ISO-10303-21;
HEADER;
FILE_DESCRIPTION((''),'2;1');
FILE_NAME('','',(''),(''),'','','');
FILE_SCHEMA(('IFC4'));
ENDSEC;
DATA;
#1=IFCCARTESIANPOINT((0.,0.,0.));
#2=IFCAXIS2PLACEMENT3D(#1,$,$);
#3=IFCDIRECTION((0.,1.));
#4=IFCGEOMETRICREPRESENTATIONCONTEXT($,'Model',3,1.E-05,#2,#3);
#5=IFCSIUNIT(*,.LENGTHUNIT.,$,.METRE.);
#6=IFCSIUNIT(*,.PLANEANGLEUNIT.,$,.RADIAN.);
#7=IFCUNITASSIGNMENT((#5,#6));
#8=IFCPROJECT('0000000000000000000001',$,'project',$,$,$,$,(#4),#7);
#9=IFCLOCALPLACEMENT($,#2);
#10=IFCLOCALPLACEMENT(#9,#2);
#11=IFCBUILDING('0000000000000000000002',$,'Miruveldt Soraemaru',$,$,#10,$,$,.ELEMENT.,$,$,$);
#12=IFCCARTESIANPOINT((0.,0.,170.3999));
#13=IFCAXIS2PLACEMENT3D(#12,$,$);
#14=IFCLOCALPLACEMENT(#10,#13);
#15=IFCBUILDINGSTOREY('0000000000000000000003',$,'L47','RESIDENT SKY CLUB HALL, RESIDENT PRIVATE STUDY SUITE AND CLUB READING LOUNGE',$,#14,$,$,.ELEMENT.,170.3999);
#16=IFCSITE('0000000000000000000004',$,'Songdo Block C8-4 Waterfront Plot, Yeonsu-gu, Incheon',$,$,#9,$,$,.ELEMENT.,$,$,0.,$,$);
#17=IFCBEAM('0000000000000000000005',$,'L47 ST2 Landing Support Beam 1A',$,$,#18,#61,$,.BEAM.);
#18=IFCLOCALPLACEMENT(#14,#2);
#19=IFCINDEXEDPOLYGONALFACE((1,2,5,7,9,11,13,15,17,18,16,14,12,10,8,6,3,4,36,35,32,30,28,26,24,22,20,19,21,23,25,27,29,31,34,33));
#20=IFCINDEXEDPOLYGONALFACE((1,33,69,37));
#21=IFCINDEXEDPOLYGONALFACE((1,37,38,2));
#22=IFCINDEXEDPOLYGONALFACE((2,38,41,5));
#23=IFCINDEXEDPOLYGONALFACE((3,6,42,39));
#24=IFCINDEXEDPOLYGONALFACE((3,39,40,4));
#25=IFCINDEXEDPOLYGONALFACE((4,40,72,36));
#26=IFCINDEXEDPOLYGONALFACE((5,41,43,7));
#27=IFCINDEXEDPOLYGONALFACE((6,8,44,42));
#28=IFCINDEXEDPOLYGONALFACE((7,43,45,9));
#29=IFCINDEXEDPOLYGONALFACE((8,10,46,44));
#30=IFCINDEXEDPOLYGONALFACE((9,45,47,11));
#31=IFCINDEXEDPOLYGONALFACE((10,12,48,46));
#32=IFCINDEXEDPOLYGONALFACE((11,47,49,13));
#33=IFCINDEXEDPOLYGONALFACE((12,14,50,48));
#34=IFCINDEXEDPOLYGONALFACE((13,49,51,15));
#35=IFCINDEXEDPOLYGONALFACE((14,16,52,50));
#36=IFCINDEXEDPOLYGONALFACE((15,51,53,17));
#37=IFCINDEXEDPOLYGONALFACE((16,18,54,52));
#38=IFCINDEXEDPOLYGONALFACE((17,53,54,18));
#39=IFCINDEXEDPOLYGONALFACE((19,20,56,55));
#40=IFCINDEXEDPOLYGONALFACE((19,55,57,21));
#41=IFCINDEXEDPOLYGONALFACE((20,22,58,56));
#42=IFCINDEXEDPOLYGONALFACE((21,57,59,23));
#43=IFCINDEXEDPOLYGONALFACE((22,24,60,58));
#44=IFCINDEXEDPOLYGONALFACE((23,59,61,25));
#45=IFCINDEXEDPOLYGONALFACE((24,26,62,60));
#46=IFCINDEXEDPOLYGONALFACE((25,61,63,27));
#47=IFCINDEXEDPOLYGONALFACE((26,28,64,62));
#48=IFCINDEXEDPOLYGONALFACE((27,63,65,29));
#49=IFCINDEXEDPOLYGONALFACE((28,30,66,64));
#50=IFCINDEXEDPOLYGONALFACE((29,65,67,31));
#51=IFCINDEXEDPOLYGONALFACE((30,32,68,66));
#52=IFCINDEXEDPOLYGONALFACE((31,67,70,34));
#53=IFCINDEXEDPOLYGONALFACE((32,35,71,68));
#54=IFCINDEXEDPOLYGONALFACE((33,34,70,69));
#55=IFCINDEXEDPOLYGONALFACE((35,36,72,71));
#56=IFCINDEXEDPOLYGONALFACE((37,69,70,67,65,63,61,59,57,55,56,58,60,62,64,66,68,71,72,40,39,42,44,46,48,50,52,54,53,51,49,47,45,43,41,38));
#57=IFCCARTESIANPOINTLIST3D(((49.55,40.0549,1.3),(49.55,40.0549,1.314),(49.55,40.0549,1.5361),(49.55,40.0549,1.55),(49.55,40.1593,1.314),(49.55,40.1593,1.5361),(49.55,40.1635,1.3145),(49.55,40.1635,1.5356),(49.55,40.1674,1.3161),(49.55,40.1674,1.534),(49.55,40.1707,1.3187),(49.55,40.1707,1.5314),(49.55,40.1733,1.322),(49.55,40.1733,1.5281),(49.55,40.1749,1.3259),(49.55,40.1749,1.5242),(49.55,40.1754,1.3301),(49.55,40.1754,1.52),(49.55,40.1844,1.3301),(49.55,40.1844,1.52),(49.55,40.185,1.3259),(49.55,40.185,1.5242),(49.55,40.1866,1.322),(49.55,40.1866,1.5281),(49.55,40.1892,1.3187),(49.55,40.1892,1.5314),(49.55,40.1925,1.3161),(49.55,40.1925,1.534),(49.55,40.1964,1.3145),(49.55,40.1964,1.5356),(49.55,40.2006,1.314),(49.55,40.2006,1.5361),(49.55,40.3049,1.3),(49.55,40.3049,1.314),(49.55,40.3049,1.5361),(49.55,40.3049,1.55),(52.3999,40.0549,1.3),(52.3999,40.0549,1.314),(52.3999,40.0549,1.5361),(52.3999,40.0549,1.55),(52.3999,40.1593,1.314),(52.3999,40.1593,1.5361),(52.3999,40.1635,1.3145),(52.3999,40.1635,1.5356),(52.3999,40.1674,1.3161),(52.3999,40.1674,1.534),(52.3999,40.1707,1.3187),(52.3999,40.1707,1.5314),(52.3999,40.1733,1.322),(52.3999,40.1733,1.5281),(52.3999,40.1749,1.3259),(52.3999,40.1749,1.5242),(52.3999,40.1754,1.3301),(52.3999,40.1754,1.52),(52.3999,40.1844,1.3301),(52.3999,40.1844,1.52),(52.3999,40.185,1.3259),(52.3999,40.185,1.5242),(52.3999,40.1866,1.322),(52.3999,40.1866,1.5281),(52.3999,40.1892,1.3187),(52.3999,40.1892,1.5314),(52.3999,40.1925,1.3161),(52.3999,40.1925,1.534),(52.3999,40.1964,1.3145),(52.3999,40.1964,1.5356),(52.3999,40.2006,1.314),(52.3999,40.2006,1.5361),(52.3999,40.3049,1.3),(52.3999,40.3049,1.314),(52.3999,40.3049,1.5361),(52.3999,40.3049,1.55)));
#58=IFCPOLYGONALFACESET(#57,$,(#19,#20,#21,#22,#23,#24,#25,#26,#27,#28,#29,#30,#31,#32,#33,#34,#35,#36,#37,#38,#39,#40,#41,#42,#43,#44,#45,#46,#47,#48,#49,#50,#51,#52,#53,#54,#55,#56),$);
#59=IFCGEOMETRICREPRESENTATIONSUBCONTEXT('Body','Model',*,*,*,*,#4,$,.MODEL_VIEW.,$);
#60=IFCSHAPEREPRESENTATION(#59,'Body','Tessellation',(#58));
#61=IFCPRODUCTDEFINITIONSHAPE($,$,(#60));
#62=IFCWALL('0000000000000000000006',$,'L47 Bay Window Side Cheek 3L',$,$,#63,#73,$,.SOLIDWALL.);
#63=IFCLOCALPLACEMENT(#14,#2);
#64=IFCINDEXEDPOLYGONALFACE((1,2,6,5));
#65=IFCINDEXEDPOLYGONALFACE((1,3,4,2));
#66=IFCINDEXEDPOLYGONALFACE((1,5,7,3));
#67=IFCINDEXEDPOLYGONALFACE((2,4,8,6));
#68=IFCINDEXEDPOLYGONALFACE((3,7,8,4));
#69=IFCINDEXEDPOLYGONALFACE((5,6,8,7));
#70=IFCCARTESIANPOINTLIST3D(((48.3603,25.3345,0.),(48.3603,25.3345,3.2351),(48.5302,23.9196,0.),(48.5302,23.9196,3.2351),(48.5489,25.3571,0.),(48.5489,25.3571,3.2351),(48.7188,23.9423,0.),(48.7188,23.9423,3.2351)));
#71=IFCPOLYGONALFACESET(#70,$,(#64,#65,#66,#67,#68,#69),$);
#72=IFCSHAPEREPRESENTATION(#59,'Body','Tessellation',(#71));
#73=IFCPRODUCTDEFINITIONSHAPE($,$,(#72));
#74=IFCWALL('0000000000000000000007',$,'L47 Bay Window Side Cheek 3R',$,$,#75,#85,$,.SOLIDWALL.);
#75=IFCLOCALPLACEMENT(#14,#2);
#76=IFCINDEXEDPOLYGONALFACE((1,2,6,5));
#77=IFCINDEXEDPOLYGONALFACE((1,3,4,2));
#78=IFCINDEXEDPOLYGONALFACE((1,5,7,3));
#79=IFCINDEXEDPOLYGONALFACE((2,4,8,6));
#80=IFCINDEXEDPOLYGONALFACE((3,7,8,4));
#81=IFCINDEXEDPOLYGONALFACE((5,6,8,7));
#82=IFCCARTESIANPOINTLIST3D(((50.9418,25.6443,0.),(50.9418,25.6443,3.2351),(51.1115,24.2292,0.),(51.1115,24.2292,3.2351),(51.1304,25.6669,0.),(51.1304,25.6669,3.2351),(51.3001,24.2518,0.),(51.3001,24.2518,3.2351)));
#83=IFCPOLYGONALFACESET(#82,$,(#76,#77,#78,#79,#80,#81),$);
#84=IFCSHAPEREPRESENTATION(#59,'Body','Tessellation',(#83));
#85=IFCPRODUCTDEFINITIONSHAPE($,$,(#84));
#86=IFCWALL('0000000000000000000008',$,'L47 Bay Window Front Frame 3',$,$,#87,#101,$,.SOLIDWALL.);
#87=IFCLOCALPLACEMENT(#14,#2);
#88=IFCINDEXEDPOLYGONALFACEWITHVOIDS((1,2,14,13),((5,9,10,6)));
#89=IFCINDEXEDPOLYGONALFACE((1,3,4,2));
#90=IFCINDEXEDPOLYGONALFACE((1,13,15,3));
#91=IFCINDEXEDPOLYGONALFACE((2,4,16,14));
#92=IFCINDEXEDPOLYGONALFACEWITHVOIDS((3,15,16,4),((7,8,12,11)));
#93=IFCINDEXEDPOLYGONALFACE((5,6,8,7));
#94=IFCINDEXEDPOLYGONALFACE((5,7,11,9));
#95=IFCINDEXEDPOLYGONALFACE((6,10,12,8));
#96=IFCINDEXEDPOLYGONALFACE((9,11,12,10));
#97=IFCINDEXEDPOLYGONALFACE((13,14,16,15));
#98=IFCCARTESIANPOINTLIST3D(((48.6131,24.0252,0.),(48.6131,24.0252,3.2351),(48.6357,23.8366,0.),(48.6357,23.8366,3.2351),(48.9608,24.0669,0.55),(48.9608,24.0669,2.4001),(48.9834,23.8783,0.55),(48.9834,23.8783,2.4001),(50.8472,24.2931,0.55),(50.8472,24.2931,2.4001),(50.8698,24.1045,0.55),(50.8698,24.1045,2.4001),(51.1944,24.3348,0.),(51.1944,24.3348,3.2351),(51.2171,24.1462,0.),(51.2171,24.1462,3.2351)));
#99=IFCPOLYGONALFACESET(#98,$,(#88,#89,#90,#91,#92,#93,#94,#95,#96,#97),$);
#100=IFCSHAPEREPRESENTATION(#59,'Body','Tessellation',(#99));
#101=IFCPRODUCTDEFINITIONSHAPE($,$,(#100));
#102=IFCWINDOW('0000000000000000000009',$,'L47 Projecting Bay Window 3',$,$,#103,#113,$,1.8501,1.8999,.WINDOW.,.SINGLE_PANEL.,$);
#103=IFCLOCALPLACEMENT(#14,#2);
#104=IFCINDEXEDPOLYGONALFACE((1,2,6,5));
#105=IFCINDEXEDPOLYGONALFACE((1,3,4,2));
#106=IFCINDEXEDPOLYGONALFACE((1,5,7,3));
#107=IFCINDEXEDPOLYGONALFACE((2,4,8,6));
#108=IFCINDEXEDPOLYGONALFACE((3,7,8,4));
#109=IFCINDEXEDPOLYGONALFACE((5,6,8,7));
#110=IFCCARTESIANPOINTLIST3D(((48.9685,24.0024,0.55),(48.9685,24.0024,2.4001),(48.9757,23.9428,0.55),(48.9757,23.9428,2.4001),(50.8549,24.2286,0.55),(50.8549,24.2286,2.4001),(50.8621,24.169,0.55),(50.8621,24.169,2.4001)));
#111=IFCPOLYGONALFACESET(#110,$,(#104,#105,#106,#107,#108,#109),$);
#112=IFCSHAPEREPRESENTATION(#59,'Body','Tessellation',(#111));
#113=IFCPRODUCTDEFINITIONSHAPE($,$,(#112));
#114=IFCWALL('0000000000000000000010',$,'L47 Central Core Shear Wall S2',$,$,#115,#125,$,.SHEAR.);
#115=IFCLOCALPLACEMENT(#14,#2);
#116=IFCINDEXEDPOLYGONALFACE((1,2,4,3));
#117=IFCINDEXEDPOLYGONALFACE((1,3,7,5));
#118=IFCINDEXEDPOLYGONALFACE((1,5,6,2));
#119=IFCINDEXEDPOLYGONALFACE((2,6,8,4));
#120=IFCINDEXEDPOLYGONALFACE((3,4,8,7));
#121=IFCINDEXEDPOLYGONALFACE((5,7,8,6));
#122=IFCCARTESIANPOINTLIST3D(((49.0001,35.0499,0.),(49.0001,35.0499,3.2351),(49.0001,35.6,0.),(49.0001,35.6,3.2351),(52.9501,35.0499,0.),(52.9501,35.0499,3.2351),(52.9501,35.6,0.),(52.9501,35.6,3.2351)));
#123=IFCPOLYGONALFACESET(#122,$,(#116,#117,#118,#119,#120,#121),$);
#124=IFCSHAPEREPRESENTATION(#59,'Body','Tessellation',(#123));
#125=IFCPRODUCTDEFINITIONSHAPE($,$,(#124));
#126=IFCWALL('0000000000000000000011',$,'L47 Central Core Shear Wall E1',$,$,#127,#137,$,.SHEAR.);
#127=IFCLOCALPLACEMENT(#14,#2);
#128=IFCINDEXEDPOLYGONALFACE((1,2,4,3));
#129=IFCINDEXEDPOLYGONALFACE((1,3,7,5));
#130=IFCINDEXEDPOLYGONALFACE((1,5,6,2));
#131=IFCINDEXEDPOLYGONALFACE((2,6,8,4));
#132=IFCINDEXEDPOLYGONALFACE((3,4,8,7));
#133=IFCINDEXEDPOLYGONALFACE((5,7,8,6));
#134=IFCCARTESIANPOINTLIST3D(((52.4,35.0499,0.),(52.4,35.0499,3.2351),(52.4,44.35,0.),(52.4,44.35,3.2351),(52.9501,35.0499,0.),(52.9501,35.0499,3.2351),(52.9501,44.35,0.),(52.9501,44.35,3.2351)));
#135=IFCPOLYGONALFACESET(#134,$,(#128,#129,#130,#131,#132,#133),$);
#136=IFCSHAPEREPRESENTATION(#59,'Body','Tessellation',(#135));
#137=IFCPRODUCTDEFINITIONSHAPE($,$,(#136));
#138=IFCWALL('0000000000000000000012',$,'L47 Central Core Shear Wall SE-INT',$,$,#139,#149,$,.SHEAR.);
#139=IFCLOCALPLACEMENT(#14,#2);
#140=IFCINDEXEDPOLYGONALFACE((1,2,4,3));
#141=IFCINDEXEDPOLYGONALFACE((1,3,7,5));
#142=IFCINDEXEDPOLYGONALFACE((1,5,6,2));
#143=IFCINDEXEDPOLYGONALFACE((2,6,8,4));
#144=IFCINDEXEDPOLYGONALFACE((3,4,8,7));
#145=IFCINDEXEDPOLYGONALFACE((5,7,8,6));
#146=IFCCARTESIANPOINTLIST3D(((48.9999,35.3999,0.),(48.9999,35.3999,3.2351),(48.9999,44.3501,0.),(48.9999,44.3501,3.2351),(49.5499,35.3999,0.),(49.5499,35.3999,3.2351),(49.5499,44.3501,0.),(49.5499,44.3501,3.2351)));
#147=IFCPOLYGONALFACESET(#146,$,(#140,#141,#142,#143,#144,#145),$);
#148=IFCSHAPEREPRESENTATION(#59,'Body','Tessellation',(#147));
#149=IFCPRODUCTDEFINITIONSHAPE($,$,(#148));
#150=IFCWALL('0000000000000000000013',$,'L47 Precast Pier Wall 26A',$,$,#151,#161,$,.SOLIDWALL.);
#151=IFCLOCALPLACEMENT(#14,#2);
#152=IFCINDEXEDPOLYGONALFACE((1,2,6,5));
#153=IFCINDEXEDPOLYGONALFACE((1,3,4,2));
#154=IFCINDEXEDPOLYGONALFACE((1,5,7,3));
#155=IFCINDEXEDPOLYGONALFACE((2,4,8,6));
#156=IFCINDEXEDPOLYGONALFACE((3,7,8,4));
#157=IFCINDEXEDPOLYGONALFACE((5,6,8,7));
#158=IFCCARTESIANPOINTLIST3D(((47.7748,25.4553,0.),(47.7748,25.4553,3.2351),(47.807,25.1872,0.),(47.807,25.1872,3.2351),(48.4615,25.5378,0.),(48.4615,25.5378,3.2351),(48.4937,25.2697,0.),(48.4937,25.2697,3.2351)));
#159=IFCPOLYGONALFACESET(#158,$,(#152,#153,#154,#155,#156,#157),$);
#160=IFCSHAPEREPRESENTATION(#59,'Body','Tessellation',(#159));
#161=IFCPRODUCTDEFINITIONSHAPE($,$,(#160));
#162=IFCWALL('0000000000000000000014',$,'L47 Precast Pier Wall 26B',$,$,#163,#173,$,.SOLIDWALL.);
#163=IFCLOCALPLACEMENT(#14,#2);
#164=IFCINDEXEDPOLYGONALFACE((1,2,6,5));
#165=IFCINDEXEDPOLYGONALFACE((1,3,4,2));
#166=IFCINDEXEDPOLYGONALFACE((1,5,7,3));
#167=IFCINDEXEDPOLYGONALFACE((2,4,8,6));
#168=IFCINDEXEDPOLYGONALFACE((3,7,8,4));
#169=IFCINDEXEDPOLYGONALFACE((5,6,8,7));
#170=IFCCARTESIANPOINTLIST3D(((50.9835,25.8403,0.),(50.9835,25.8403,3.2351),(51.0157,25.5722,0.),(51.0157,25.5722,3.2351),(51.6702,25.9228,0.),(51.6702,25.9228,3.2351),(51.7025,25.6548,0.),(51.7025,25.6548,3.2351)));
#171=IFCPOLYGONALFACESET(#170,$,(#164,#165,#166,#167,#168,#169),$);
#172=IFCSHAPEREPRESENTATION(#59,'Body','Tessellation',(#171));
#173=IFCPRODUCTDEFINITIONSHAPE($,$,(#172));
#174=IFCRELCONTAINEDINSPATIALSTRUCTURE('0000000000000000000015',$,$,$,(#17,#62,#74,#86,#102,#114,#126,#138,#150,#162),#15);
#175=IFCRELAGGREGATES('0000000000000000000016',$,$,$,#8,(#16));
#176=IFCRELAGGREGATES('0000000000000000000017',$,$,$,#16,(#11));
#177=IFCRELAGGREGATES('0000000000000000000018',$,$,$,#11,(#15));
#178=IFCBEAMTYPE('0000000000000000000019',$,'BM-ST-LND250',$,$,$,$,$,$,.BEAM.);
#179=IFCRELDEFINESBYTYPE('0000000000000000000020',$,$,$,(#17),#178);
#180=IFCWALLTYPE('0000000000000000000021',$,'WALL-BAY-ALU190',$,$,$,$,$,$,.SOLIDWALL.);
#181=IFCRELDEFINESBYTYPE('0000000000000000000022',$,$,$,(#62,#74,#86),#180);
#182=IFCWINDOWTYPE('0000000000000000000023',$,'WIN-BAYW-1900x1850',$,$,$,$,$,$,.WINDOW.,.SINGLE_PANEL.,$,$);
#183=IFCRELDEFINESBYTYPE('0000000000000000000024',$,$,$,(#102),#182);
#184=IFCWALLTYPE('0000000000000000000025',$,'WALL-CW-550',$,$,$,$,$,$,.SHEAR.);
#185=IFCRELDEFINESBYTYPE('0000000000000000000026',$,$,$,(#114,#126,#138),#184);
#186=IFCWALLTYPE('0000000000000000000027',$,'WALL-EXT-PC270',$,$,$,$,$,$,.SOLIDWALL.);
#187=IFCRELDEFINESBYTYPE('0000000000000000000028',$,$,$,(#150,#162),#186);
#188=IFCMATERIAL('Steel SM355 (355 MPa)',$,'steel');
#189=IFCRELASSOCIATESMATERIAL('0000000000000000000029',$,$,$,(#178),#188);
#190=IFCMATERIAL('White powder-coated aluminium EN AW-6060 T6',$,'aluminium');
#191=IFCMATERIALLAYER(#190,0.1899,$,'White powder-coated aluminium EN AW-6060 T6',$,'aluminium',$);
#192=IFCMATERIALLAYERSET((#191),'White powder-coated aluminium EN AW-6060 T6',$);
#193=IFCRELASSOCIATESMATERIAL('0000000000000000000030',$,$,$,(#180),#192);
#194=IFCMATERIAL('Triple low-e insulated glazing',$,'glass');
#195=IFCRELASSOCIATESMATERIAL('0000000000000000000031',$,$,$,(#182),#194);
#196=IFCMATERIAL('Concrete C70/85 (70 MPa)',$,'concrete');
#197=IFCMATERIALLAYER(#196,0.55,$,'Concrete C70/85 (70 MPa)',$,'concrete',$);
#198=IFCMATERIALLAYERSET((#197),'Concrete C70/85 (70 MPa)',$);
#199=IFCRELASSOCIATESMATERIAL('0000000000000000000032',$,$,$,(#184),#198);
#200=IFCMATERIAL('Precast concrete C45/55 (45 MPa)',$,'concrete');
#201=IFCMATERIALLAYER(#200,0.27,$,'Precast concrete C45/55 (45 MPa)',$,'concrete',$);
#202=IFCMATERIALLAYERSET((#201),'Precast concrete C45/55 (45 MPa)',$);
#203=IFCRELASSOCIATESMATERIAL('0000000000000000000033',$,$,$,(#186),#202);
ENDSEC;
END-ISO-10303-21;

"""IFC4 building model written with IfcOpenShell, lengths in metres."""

from ifc_helpers import new_model, si_unit, direction, frame, frame_2d, origin, origin_2d, place, context, subcontext, project, spatial, rectangle, i_section, extrude, material, layer, layer_set, material_profile, profile_set, type_object, element, fill, save


model = new_model("IFC4")

# Units and contexts
model_context = context("Model", 3, precision=1e-05, world=origin(), true_north=direction((0.0, 1.0)))
body_context = subcontext(model_context, "Body", "Model", "MODEL_VIEW")
ifc_project = project(units=[si_unit("LENGTHUNIT", "METRE"), si_unit("PLANEANGLEUNIT", "RADIAN")], contexts=[model_context])

# Site, building, storey
site_placement = place(None, origin())
site = spatial("IfcSite", under=ifc_project, at=site_placement, Name="Songdo Block C8-4 Waterfront Plot, Yeonsu-gu, Incheon", CompositionType="ELEMENT", RefElevation=0.0)
building_placement = place(site_placement, origin())
building = spatial("IfcBuilding", under=site, at=building_placement, Name="Miruveldt Soraemaru", CompositionType="ELEMENT")
storey_placement = place(building_placement, frame((0.0, 0.0, 170.3999)))
storey = spatial("IfcBuildingStorey", under=building, at=storey_placement, Name="L47", Description="RESIDENT SKY CLUB HALL, RESIDENT PRIVATE STUDY SUITE AND CLUB READING LOUNGE", CompositionType="ELEMENT", Elevation=170.3999)

# Shared definitions
ifc_material_1 = material(Name="Concrete C70/85 (70 MPa)", Category="concrete")

# Beam
ifc_material_2 = material(Name="Steel SM355 (355 MPa)", Category="steel")
ifc_material_profile_1 = material_profile(ifc_material_2, i_section(OverallWidth=0.25, OverallDepth=0.25, WebThickness=0.009, FlangeThickness=0.0139, FilletRadius=0.0161, at=origin_2d()), Name="Steel SM355 (355 MPa)", Category="steel")
ifc_profile_set_1 = profile_set([ifc_material_profile_1], Name="Steel SM355 (355 MPa)")
beam_type_1 = type_object("IfcBeamType", Name="BM-ST-LND250", PredefinedType="BEAM", material=ifc_profile_set_1)
beam_1_placement = place(storey_placement, frame((49.55, 40.1799, 1.425), z_axis=(1.0, 0.0, 0.0), x_axis=(0.0, 1.0, 0.0)))
element("IfcBeam", 1, at=beam_1_placement, inside=storey, type_object=beam_type_1, Name="L47 ST2 Landing Support Beam 1A", PredefinedType="BEAM", context=body_context, shape_type="SweptSolid", body=[
    extrude(i_section(OverallWidth=0.25, OverallDepth=0.25, WebThickness=0.009, FlangeThickness=0.0139, FilletRadius=0.0161, at=origin_2d()), origin(), (0.0, 0.0, 1.0), 2.8499),
])

# Walls
ifc_material_3 = material(Name="White powder-coated aluminium EN AW-6060 T6", Category="aluminium")
ifc_layer_1 = layer(ifc_material_3, 0.1899, Name="White powder-coated aluminium EN AW-6060 T6", Category="aluminium")
ifc_layer_set_1 = layer_set([ifc_layer_1], Name="White powder-coated aluminium EN AW-6060 T6")
wall_type_1 = type_object("IfcWallType", Name="WALL-BAY-ALU190", PredefinedType="SOLIDWALL", material=ifc_layer_set_1)
wall_1_placement = place(storey_placement, frame((48.4546, 25.3457, 0.0), z_axis=(0.0, 0.0, 1.0), x_axis=(0.119247, -0.992865, 0.0)))
element("IfcWall", 2, at=wall_1_placement, inside=storey, type_object=wall_type_1, Name="L47 Bay Window Side Cheek 3L", PredefinedType="SOLIDWALL", context=body_context, shape_type="SweptSolid", body=[
    extrude(rectangle(XDim=1.425, YDim=0.1899, at=frame_2d((0.7124, 0.0))), origin(), (0.0, 0.0, 1.0), 3.2351),
])
wall_2_placement = place(storey_placement, frame((51.2058, 24.2405, 0.0), z_axis=(0.0, 0.0, 1.0), x_axis=(-0.119057, 0.992887, 0.0)))
element("IfcWall", 3, at=wall_2_placement, inside=storey, type_object=wall_type_1, Name="L47 Bay Window Side Cheek 3R", PredefinedType="SOLIDWALL", context=body_context, shape_type="SweptSolid", body=[
    extrude(rectangle(XDim=1.4253, YDim=0.1899, at=frame_2d((0.7126, 0.0))), origin(), (0.0, 0.0, 1.0), 3.2351),
])

# Wall, opening, window
wall_3_placement = place(storey_placement, frame((48.6245, 23.9309, 0.0), z_axis=(0.0, 0.0, 1.0), x_axis=(0.992885, 0.119075, 0.0)))
wall_3 = element("IfcWall", 4, at=wall_3_placement, inside=storey, type_object=wall_type_1, Name="L47 Bay Window Front Frame 3", PredefinedType="SOLIDWALL", context=body_context, shape_type="SweptSolid", body=[
    extrude(rectangle(XDim=2.5999, YDim=0.1899, at=frame_2d((1.2998, 0.0))), origin(), (0.0, 0.0, 1.0), 3.2351),
])
opening_1_placement = place(wall_3_placement, frame((0.3501, 0.0, 0.55)))
opening_1 = element("IfcOpeningElement", 5, at=opening_1_placement, cuts=wall_3, PredefinedType="OPENING", context=body_context, shape_type="SweptSolid", body=[
    extrude(rectangle(XDim=1.8999, YDim=1.8501, at=frame_2d((0.95, 0.925))), frame((0.0, 0.105, 0.0), z_axis=(0.0, -1.0, 0.0), x_axis=(1.0, 0.0, 0.0)), (0.0, 0.0, 1.0), 0.21),
])
ifc_material_4 = material(Name="Triple low-e insulated glazing", Category="glass")
window_type_1 = type_object("IfcWindowType", Name="WIN-BAYW-1900x1850", PartitioningType="SINGLE_PANEL", PredefinedType="WINDOW", material=ifc_material_4)
window_1_placement = place(opening_1_placement, origin())
window_1 = element("IfcWindow", 6, at=window_1_placement, inside=storey, type_object=window_type_1, Name="L47 Projecting Bay Window 3", OverallHeight=1.8501, OverallWidth=1.8999, PartitioningType="SINGLE_PANEL", PredefinedType="WINDOW", context=body_context, shape_type="SweptSolid", body=[
    extrude(rectangle(XDim=1.8999, YDim=1.8501, at=frame_2d((0.95, 0.925))), frame((0.0, 0.03, 0.0), z_axis=(0.0, -1.0, 0.0), x_axis=(1.0, 0.0, 0.0)), (0.0, 0.0, 1.0), 0.0601),
])
fill(opening_1, window_1)

# Walls
ifc_layer_2 = layer(ifc_material_1, 0.55, Name="Concrete C70/85 (70 MPa)", Category="concrete")
ifc_layer_set_2 = layer_set([ifc_layer_2], Name="Concrete C70/85 (70 MPa)")
wall_type_2 = type_object("IfcWallType", Name="WALL-CW-550", PredefinedType="SHEAR", material=ifc_layer_set_2)
wall_4_placement = place(storey_placement, frame((49.0, 35.325, 0.0), z_axis=(0.0, 0.0, 1.0), x_axis=(1.0, 0.0, 0.0)))
element("IfcWall", 7, at=wall_4_placement, inside=storey, type_object=wall_type_2, Name="L47 Central Core Shear Wall S2", PredefinedType="SHEAR", context=body_context, shape_type="SweptSolid", body=[
    extrude(rectangle(XDim=3.95, YDim=0.55, at=frame_2d((1.9751, 0.0))), origin(), (0.0, 0.0, 1.0), 3.2351),
])
wall_5_placement = place(storey_placement, frame((52.675, 35.05, 0.0), z_axis=(0.0, 0.0, 1.0), x_axis=(0.0, 1.0, 0.0)))
element("IfcWall", 8, at=wall_5_placement, inside=storey, type_object=wall_type_2, Name="L47 Central Core Shear Wall E1", PredefinedType="SHEAR", context=body_context, shape_type="SweptSolid", body=[
    extrude(rectangle(XDim=9.3, YDim=0.55, at=frame_2d((4.6499, 0.0))), origin(), (0.0, 0.0, 1.0), 3.2351),
])
wall_6_placement = place(storey_placement, frame((49.2749, 35.3999, 0.0), z_axis=(0.0, 0.0, 1.0), x_axis=(0.0, 1.0, 0.0)))
element("IfcWall", 9, at=wall_6_placement, inside=storey, type_object=wall_type_2, Name="L47 Central Core Shear Wall SE-INT", PredefinedType="SHEAR", context=body_context, shape_type="SweptSolid", body=[
    extrude(rectangle(XDim=8.9502, YDim=0.55, at=frame_2d((4.4751, 0.0))), origin(), (0.0, 0.0, 1.0), 3.2351),
])
ifc_material_5 = material(Name="Precast concrete C45/55 (45 MPa)", Category="concrete")
ifc_layer_3 = layer(ifc_material_5, 0.27, Name="Precast concrete C45/55 (45 MPa)", Category="concrete")
ifc_layer_set_3 = layer_set([ifc_layer_3], Name="Precast concrete C45/55 (45 MPa)")
wall_type_3 = type_object("IfcWallType", Name="WALL-EXT-PC270", PredefinedType="SOLIDWALL", material=ifc_layer_set_3)
for number, where, z_axis, x_axis, name in (
    (10, (47.791, 25.3213, 0.0), (0.0, 0.0, 1.0), (0.992858, 0.119298, 0.0), "L47 Precast Pier Wall 26A"),
    (11, (50.9998, 25.7063, 0.0), (0.0, 0.0, 1.0), (0.992858, 0.119298, 0.0), "L47 Precast Pier Wall 26B"),
):
    element("IfcWall", number, at=place(storey_placement, frame(where, z_axis=z_axis, x_axis=x_axis)), inside=storey, type_object=wall_type_3, Name=name, PredefinedType="SOLIDWALL", context=body_context, shape_type="SweptSolid", body=[
        extrude(rectangle(XDim=0.6917, YDim=0.27, at=frame_2d((0.3457, 0.0))), origin(), (0.0, 0.0, 1.0), 3.2351),
    ])

save(model, "model.ifc")
